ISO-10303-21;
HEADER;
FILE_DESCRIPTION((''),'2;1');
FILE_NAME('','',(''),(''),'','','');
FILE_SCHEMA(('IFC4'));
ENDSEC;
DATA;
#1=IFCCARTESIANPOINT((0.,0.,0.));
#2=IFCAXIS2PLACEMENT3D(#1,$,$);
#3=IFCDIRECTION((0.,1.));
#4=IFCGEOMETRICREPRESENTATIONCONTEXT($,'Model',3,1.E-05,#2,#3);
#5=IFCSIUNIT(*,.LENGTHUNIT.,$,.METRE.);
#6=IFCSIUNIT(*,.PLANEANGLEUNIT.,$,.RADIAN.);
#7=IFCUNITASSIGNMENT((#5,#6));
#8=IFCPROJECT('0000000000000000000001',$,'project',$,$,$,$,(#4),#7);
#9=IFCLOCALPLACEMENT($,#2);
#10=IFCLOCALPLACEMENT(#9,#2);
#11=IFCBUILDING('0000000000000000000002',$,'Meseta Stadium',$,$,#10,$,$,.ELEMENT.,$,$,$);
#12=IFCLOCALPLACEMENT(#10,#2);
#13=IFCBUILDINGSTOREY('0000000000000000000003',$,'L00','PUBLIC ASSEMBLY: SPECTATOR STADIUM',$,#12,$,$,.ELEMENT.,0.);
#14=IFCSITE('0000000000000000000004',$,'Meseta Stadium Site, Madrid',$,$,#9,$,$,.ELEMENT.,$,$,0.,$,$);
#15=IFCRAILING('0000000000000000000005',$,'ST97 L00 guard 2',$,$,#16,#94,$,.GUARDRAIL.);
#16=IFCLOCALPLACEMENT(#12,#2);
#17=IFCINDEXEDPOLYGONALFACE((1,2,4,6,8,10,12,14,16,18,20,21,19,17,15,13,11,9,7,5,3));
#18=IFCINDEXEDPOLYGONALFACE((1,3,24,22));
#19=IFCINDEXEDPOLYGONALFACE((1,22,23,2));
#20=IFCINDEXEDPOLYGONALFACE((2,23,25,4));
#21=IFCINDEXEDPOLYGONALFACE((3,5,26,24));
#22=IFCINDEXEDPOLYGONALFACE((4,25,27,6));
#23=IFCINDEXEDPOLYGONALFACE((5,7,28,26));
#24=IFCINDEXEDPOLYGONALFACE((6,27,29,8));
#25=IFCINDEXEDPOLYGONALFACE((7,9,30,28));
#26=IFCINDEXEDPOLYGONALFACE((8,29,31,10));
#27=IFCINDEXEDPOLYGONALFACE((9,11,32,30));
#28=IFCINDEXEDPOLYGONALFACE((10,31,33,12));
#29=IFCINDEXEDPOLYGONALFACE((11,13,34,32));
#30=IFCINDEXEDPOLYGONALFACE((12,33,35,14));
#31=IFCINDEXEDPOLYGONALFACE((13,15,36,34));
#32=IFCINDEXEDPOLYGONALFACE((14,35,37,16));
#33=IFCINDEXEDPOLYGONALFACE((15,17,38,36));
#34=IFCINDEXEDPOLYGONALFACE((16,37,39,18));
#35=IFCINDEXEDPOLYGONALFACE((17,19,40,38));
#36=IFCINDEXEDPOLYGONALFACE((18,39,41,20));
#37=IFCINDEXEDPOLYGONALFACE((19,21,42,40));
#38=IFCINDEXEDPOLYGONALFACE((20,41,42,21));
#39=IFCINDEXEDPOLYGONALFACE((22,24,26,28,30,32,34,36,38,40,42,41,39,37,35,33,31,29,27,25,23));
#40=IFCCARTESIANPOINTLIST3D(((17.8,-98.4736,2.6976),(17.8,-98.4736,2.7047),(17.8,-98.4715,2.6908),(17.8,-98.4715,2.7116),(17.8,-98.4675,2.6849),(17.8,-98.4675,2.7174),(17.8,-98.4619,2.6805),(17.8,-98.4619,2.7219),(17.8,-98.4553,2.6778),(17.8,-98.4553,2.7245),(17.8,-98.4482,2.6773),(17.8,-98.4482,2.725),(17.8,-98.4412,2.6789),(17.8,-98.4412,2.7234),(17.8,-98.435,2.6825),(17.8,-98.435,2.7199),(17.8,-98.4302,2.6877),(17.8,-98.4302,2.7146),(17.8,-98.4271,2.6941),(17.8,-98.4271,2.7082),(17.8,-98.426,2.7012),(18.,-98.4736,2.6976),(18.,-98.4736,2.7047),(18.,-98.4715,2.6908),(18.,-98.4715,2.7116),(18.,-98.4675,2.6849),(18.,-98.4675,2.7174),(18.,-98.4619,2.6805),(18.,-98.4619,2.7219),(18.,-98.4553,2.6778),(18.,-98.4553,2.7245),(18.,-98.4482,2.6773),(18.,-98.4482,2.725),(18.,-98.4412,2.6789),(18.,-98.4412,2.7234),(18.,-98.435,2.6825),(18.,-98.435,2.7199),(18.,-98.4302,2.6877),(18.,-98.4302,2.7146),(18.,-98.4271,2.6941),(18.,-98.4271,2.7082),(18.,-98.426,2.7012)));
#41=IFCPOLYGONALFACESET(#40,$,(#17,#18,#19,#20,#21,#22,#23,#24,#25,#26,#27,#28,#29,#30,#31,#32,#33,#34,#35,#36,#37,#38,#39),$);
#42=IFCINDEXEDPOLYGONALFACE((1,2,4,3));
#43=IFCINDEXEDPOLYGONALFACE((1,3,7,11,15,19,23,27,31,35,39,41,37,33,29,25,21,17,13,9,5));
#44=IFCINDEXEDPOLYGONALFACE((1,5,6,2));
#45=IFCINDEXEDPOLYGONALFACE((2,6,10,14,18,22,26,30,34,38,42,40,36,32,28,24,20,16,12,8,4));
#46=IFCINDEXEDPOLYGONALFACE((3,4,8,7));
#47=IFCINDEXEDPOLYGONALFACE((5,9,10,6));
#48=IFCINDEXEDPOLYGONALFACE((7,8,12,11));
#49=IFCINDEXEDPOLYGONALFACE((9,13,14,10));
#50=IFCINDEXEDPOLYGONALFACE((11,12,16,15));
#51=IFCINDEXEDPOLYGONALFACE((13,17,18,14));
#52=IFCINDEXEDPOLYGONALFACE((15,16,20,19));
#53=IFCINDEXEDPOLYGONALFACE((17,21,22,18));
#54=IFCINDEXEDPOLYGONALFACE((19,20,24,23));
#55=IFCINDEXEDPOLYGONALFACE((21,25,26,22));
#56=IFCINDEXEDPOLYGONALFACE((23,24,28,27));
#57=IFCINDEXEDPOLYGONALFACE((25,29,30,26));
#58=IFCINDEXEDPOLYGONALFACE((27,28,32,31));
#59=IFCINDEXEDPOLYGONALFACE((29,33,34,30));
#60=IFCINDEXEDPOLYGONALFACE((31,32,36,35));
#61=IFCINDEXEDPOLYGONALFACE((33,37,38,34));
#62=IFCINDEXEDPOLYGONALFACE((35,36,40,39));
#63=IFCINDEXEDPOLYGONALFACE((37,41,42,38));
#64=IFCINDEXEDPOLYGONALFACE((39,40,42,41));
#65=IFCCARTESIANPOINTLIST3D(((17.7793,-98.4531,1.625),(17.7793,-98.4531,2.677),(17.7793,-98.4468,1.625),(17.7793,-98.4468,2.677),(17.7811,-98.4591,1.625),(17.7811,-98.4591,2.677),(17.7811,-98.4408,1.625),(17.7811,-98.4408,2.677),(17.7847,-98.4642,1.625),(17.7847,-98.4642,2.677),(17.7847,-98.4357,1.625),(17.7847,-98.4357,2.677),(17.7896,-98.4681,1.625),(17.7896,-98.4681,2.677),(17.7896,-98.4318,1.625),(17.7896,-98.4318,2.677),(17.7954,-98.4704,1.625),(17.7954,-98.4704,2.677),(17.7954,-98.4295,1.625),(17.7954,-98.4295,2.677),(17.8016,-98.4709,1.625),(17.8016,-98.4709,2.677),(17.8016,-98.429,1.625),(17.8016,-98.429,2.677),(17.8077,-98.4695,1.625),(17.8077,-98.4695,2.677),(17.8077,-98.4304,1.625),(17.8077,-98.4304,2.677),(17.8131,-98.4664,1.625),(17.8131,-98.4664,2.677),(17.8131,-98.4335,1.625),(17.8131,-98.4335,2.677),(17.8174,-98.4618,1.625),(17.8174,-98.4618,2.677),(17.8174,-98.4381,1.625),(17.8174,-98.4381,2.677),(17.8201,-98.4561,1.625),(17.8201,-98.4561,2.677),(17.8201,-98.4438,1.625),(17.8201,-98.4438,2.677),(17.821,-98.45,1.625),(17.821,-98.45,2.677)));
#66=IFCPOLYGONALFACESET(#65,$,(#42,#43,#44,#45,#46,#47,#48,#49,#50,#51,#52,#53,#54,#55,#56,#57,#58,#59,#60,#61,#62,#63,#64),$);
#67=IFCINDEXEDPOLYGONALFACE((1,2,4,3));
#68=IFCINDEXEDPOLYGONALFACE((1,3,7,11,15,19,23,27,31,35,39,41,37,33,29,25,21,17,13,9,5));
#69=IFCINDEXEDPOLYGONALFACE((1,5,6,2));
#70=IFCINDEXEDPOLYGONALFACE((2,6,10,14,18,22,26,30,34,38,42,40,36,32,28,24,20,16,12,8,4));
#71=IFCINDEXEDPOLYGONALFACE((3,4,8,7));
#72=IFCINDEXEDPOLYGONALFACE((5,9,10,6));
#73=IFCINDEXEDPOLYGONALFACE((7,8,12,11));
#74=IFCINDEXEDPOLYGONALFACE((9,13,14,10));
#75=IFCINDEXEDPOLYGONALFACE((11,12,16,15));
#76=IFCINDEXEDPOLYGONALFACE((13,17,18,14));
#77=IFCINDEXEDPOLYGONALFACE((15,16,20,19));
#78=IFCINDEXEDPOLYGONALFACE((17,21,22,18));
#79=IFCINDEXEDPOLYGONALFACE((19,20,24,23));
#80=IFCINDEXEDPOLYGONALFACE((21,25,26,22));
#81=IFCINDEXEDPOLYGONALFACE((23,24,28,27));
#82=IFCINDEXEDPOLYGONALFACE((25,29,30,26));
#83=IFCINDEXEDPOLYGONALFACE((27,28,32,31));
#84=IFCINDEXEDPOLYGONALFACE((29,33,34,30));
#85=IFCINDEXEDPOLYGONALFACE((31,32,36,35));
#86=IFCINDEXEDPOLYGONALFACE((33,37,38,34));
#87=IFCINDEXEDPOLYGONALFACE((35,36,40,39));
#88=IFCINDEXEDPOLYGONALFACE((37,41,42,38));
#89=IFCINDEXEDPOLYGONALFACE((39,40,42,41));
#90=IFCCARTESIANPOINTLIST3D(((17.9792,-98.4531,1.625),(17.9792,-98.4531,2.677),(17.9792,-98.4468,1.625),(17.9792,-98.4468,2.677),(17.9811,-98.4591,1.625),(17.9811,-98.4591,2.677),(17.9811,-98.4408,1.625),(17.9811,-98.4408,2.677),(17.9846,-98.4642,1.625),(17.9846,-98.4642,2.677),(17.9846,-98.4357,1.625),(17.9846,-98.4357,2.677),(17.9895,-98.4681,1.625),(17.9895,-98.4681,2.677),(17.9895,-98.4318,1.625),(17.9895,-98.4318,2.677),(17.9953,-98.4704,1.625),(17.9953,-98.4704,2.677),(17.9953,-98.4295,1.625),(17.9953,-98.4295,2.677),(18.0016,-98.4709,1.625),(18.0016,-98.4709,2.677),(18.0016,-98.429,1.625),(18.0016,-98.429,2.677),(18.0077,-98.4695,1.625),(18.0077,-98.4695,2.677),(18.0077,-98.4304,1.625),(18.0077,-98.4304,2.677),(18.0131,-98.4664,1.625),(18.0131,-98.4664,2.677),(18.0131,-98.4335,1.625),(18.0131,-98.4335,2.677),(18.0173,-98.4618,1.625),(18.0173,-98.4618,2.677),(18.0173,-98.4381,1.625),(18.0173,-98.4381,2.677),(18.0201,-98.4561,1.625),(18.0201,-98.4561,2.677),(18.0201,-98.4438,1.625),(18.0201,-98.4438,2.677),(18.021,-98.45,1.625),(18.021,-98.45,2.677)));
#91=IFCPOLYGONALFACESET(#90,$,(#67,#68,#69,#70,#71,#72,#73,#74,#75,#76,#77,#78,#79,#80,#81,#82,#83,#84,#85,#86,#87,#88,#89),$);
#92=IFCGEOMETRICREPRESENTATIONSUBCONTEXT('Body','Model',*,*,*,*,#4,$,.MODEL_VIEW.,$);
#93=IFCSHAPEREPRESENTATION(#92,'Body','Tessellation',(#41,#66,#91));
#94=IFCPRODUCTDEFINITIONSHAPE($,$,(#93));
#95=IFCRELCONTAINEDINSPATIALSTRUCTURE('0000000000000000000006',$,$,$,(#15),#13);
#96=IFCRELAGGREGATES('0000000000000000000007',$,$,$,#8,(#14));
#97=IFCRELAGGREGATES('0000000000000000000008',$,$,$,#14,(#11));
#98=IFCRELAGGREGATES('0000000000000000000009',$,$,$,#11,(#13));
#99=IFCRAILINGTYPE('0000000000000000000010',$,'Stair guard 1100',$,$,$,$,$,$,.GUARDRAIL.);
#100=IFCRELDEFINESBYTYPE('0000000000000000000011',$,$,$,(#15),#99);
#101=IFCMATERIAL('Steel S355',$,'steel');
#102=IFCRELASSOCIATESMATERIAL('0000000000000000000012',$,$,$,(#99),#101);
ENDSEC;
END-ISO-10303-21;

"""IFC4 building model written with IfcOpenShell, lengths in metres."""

from ifc_helpers import new_model, si_unit, direction, frame, origin, origin_2d, place, context, subcontext, project, spatial, circle, extrude, material, type_object, element, save


model = new_model("IFC4")

# Units and contexts
model_context = context("Model", 3, precision=1e-05, world=origin(), true_north=direction((0.0, 1.0)))
body_context = subcontext(model_context, "Body", "Model", "MODEL_VIEW")
ifc_project = project(units=[si_unit("LENGTHUNIT", "METRE"), si_unit("PLANEANGLEUNIT", "RADIAN")], contexts=[model_context])

# Site, building, storey
site_placement = place(None, origin())
site = spatial("IfcSite", under=ifc_project, at=site_placement, Name="Meseta Stadium Site, Madrid", CompositionType="ELEMENT", RefElevation=0.0)
building_placement = place(site_placement, origin())
building = spatial("IfcBuilding", under=site, at=building_placement, Name="Meseta Stadium", CompositionType="ELEMENT")
storey_placement = place(building_placement, origin())
storey = spatial("IfcBuildingStorey", under=building, at=storey_placement, Name="L00", Description="PUBLIC ASSEMBLY: SPECTATOR STADIUM", CompositionType="ELEMENT", Elevation=0.0)

# Railing
ifc_material_1 = material(Name="Steel S355", Category="steel")
railing_type_1 = type_object("IfcRailingType", Name="Stair guard 1100", PredefinedType="GUARDRAIL", material=ifc_material_1)
railing_1_placement = place(storey_placement, frame((17.8, -98.45, 1.625)))
element("IfcRailing", 1, at=railing_1_placement, inside=storey, type_object=railing_type_1, Name="ST97 L00 guard 2", PredefinedType="GUARDRAIL", context=body_context, shape_type="SweptSolid", body=[
    extrude(circle(Radius=0.0239, at=origin_2d()), frame((0.0, 0.0, 1.0762), z_axis=(1.0, 0.0, 0.0), x_axis=(0.0, 1.0, 0.0)), (0.0, 0.0, 1.0), 0.2),
    extrude(circle(Radius=0.021, at=origin_2d()), origin(), (0.0, 0.0, 1.0), 1.052),
    extrude(circle(Radius=0.021, at=origin_2d()), frame((0.2, 0.0, 0.0)), (0.0, 0.0, 1.0), 1.052),
])

save(model, "model.ifc")
